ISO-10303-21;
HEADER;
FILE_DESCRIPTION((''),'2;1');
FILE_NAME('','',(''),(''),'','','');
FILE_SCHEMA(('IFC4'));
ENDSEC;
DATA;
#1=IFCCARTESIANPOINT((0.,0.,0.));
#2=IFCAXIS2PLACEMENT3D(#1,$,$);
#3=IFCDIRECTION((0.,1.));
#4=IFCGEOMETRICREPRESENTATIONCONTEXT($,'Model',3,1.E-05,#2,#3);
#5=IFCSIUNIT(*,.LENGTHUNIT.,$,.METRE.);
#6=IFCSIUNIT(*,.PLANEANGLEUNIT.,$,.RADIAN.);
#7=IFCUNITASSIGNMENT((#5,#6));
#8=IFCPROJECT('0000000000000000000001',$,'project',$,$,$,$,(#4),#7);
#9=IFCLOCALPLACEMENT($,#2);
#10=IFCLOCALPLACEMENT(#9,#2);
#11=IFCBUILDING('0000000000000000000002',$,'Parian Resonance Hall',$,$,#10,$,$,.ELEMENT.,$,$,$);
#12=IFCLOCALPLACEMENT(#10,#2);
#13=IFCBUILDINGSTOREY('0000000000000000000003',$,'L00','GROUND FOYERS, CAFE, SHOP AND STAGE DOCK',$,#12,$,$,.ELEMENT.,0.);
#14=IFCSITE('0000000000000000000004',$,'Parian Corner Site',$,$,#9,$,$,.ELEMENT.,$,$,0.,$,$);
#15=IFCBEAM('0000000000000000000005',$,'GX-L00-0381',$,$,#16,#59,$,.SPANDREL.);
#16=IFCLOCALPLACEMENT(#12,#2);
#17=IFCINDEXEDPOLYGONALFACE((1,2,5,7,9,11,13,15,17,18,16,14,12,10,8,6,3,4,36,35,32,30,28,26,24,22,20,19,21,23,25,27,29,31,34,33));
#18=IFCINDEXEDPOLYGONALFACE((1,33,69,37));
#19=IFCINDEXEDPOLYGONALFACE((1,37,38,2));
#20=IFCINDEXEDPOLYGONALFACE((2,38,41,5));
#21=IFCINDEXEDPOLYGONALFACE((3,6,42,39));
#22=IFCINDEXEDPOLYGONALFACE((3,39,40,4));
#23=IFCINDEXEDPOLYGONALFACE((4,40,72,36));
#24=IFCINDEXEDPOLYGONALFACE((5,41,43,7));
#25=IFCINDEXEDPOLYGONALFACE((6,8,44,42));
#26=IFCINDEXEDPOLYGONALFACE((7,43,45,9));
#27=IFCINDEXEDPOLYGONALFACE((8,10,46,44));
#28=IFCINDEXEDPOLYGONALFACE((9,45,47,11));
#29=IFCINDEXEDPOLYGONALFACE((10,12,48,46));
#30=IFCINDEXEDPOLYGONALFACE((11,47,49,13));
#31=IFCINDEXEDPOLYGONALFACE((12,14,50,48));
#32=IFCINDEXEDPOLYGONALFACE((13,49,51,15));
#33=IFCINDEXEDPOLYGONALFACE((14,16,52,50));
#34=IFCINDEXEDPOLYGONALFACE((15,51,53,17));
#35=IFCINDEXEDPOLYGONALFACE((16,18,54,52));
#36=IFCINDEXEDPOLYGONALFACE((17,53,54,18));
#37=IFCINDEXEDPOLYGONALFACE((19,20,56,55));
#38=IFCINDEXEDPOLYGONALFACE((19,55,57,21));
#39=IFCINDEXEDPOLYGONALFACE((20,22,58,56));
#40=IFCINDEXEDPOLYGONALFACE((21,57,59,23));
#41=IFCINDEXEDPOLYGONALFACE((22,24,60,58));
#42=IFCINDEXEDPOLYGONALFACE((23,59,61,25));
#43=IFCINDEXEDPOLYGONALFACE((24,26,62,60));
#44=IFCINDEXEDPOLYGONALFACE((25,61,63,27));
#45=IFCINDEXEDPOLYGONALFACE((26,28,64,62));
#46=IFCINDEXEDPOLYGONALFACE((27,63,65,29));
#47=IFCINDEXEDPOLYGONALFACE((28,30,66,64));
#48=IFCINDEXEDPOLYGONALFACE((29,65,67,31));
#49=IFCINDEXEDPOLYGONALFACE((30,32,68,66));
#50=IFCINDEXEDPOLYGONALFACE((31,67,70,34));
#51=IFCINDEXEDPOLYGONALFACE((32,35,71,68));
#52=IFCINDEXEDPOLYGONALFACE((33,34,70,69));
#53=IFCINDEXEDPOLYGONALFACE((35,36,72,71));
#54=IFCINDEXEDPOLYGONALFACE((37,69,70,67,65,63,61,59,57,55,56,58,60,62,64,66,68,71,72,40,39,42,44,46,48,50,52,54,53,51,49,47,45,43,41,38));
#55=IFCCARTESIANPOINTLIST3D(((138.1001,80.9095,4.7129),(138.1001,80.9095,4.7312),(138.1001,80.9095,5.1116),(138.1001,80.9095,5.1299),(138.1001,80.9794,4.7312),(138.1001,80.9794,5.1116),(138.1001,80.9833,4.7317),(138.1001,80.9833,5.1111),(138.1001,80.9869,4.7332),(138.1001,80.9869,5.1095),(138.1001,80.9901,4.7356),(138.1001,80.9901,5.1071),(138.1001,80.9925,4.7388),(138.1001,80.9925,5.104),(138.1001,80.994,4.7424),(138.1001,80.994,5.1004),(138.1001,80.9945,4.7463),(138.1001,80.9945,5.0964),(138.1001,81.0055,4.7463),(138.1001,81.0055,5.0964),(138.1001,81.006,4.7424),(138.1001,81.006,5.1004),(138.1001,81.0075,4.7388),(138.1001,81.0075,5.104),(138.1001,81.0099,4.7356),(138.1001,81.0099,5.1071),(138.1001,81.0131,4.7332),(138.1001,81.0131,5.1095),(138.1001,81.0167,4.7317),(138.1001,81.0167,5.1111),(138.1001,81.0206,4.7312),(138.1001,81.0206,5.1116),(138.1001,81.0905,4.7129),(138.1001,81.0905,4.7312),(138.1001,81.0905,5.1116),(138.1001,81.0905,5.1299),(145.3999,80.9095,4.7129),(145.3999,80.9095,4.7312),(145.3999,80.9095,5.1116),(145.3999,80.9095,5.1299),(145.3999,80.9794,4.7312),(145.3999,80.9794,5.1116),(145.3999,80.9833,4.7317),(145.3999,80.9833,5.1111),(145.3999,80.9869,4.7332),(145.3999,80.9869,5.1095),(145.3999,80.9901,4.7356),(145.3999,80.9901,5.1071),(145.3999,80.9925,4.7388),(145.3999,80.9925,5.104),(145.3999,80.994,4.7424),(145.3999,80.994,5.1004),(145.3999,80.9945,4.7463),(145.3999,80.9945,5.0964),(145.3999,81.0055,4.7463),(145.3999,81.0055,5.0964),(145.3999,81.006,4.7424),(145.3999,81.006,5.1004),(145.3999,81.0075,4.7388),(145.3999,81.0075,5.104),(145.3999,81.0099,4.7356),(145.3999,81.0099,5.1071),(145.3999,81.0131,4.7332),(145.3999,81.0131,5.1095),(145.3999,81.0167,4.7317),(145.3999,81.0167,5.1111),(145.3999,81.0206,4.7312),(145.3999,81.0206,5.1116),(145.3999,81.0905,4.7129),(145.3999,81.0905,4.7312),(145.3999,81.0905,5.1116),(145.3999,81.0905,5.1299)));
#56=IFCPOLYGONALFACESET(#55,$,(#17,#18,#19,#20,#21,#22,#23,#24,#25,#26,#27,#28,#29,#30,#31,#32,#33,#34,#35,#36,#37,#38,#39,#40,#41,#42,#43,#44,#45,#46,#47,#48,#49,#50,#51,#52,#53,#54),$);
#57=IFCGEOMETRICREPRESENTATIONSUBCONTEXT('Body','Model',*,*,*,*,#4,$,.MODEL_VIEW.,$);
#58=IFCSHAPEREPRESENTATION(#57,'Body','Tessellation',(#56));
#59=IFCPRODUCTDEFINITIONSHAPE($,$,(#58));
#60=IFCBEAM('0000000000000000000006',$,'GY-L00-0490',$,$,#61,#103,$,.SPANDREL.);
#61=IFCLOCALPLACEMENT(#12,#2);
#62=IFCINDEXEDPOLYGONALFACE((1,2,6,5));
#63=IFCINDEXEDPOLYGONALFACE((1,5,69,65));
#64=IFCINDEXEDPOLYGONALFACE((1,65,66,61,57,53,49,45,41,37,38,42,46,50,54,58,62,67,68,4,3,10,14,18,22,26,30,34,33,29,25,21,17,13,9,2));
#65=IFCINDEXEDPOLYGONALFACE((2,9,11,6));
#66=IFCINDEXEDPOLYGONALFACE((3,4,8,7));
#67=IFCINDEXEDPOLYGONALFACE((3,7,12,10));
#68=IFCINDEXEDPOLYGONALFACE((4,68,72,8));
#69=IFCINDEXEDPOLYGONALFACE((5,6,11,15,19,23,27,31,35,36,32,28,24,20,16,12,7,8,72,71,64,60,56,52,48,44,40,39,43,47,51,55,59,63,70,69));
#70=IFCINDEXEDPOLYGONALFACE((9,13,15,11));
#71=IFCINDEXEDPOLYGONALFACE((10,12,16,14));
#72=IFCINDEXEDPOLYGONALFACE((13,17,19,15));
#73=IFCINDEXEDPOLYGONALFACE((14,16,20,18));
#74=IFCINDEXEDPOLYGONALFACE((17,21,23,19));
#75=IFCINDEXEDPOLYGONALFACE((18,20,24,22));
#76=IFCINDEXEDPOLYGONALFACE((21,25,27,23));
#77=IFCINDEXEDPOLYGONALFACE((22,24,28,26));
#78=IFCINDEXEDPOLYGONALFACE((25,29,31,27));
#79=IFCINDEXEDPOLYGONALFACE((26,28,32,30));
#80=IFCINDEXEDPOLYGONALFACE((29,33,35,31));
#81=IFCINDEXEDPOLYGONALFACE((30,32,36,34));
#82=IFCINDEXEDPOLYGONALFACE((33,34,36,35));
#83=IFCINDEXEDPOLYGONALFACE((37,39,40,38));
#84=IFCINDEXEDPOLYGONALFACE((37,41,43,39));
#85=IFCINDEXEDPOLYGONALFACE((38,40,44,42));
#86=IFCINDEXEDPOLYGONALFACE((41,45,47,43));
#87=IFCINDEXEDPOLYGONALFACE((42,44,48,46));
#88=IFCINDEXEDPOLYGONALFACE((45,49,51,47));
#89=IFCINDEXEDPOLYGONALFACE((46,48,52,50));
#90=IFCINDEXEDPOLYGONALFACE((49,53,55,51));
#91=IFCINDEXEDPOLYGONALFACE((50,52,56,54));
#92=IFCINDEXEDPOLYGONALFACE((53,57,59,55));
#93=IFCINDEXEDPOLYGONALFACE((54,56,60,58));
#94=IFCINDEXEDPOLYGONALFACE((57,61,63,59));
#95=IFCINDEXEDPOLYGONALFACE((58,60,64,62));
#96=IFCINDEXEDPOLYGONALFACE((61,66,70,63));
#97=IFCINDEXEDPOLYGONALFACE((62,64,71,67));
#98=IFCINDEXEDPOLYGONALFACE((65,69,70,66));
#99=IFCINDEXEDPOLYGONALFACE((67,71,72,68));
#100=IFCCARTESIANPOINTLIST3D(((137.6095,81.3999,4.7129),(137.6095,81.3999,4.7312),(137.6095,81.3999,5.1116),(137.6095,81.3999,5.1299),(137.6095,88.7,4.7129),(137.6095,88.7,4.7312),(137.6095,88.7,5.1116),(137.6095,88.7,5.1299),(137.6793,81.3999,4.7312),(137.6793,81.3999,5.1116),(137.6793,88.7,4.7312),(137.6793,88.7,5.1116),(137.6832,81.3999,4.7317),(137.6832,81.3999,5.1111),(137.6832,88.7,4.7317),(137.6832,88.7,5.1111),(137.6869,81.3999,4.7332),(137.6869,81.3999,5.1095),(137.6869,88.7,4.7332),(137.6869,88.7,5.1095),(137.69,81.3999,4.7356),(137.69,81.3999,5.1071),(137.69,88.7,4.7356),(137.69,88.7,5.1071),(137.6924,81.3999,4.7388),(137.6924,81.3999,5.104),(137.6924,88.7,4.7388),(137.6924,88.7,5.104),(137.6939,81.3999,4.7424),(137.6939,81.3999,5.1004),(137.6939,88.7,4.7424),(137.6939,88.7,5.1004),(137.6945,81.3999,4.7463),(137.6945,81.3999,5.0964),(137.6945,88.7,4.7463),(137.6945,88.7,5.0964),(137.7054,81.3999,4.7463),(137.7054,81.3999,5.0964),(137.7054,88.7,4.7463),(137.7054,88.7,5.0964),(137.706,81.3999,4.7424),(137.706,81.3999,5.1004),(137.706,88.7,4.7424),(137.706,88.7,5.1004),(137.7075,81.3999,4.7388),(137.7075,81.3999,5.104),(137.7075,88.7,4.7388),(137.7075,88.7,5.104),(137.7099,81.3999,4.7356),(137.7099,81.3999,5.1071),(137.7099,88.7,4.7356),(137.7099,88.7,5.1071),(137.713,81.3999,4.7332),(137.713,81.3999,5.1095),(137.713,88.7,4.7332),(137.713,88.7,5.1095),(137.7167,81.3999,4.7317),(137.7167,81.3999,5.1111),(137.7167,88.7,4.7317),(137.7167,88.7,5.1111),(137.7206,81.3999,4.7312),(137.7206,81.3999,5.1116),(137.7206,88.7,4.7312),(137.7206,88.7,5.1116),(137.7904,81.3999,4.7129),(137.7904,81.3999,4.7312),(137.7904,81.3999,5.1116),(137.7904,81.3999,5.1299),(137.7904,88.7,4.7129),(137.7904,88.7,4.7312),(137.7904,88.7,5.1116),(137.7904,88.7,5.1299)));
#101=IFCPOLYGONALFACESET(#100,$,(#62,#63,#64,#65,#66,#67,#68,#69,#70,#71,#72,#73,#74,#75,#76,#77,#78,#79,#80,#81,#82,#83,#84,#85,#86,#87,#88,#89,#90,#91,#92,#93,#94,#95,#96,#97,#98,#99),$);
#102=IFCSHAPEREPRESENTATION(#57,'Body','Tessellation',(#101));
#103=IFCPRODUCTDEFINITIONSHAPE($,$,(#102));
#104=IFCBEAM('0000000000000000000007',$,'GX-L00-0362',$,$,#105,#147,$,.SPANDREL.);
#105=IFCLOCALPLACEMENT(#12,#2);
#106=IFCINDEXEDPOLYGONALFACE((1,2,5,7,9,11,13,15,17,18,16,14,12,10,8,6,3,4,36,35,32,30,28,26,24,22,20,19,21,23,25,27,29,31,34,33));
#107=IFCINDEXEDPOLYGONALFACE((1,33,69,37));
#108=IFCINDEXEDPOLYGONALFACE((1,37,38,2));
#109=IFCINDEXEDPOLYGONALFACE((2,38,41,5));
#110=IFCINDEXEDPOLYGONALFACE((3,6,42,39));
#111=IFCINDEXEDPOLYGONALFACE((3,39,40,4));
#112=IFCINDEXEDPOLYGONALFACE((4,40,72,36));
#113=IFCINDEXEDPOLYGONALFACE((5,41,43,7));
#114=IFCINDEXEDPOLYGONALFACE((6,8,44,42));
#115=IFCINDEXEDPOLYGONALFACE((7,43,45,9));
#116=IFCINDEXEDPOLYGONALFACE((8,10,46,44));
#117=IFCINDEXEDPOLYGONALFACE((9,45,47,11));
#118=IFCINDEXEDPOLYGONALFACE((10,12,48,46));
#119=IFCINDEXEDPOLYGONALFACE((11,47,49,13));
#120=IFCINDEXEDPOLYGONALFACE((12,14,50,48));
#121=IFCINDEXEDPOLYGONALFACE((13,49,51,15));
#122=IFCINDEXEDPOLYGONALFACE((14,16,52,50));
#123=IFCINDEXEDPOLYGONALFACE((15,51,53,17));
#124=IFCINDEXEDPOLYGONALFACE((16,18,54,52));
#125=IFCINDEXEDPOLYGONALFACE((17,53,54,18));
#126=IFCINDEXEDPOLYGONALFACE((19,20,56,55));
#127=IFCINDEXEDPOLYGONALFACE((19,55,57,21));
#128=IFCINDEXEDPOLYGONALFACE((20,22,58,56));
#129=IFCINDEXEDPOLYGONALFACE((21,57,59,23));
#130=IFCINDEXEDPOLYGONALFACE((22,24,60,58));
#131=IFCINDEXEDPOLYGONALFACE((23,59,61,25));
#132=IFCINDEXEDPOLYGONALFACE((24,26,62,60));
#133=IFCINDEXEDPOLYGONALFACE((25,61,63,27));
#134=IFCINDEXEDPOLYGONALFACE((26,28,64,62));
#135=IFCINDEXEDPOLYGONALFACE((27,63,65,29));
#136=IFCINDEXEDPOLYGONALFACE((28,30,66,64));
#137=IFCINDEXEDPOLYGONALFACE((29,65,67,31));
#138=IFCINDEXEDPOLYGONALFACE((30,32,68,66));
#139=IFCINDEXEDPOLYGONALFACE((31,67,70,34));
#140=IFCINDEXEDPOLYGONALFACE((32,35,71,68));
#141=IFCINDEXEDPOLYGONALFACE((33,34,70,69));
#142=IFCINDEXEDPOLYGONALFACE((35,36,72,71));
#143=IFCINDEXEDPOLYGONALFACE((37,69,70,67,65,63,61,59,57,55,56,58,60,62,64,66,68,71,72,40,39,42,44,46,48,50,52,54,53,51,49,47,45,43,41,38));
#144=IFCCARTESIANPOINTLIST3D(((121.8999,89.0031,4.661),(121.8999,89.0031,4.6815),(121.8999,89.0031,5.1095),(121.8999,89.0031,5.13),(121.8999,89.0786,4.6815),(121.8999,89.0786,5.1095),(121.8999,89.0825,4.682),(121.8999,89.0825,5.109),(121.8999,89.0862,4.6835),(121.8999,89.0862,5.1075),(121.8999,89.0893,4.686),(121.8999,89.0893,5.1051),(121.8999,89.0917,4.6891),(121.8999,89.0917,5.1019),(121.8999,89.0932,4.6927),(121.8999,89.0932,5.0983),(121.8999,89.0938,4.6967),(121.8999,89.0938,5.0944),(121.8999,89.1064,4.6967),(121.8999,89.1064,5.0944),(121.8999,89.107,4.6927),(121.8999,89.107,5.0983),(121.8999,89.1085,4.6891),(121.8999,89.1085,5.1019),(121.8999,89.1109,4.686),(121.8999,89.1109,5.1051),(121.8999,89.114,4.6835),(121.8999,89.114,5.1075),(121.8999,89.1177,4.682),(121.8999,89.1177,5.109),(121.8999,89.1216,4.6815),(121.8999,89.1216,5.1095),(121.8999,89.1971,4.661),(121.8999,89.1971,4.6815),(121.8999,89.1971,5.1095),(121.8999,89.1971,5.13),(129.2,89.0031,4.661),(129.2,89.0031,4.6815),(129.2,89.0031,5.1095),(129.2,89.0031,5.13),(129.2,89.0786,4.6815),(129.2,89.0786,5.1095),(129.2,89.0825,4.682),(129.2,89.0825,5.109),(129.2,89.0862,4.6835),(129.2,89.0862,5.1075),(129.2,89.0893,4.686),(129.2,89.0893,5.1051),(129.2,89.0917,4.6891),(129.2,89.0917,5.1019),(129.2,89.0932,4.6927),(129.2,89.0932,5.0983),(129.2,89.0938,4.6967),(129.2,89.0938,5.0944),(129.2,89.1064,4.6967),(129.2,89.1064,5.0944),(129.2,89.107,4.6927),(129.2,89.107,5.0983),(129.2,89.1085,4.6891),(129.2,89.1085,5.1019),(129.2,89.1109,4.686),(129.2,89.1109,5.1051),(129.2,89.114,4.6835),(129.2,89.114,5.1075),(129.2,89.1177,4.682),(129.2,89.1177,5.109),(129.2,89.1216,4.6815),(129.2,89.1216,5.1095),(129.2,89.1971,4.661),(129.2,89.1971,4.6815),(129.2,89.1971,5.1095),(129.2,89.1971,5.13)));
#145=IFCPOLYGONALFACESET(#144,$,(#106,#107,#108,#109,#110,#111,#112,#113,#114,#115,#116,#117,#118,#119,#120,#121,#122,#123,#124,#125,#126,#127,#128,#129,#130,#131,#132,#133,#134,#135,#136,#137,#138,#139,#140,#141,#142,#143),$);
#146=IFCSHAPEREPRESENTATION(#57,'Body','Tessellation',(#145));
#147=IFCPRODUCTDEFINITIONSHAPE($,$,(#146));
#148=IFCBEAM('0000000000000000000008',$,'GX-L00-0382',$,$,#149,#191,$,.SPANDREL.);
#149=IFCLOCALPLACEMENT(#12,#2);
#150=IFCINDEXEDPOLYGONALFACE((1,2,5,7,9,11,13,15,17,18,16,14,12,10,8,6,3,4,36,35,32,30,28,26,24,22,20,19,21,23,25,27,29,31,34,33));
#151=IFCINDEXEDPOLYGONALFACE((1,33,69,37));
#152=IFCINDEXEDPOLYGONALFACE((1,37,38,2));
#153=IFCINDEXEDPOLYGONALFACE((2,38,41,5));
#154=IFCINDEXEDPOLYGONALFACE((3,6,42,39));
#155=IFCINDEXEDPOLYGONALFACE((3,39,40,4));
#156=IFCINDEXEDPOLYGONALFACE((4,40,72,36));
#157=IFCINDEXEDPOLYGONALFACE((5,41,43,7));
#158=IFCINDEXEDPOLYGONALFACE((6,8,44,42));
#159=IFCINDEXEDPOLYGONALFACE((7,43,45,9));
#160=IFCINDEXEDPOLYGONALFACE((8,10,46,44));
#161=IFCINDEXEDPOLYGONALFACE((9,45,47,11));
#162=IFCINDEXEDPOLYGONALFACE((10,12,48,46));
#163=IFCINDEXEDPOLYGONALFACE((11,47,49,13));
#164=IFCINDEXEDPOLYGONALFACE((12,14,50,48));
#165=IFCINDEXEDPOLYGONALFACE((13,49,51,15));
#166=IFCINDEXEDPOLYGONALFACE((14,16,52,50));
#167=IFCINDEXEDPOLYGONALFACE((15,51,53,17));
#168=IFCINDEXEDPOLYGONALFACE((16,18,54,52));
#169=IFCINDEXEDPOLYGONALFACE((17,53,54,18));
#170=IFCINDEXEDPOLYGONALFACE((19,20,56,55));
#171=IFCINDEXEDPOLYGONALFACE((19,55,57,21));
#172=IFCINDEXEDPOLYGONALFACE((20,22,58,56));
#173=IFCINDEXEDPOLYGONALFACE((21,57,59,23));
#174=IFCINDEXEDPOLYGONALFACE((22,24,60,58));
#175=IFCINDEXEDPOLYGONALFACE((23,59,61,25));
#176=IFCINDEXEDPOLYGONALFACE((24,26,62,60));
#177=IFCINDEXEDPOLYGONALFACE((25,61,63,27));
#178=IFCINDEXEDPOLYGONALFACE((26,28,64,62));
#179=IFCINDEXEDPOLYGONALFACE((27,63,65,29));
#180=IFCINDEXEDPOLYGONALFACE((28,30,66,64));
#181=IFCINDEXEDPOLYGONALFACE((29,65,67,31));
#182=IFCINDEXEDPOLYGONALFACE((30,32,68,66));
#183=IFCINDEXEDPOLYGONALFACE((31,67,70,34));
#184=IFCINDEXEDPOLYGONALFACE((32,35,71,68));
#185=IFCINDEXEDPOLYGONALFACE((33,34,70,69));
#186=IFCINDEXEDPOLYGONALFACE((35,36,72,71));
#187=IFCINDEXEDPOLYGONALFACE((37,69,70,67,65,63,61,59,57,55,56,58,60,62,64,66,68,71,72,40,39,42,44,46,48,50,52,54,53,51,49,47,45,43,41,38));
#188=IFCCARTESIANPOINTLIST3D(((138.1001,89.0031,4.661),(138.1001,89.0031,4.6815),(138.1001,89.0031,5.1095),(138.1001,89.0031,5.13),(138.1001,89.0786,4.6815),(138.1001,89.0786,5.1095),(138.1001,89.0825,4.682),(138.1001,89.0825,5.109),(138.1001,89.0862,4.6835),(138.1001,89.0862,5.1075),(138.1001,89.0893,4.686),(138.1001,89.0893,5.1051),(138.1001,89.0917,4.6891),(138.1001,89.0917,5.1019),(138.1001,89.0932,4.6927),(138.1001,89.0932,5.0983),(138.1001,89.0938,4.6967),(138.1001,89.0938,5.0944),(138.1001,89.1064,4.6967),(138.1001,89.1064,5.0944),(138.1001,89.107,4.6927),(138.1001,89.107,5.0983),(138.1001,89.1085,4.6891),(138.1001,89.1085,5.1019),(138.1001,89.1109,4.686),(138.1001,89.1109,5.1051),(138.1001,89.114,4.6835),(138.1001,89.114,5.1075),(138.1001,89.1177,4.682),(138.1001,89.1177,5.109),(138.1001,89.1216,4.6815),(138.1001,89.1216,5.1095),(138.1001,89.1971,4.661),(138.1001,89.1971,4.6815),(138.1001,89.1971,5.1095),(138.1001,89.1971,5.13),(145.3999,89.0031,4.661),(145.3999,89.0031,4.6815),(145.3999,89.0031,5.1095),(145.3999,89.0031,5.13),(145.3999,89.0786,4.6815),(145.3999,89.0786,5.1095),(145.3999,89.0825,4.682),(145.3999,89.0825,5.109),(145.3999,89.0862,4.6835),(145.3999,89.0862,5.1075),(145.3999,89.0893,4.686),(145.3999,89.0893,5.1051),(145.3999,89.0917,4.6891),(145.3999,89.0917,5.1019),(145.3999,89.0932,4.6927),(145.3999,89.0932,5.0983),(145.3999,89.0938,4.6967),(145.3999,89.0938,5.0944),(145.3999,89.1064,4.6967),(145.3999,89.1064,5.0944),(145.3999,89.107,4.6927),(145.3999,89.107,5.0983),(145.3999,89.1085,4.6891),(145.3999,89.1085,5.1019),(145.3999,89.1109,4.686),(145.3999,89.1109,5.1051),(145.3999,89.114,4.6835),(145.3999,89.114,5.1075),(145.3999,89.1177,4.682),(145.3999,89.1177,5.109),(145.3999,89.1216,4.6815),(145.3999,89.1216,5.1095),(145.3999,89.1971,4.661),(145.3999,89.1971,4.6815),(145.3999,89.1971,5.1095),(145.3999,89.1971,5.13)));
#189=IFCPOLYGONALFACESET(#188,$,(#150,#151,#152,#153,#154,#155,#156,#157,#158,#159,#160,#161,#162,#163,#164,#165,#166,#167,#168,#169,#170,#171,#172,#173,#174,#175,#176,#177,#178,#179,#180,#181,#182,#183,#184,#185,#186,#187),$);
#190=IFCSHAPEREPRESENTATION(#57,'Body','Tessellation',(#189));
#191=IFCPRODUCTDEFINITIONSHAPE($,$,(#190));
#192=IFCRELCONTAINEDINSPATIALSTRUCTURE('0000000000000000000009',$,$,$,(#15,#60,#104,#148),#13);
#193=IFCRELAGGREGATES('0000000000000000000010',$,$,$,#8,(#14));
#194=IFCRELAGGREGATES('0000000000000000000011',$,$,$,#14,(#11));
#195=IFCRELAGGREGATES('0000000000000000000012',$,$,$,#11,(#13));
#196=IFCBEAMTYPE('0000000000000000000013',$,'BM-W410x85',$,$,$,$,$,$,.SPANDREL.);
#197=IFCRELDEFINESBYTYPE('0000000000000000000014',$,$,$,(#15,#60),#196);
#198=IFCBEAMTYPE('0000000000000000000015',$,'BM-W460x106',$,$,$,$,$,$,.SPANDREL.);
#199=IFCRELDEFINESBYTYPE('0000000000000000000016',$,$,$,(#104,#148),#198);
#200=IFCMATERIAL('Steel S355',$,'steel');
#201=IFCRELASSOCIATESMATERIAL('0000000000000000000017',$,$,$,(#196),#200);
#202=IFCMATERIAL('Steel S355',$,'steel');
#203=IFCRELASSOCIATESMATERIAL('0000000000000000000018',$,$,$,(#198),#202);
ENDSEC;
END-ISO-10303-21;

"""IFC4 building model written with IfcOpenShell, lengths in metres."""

from ifc_helpers import new_model, si_unit, direction, frame, origin, origin_2d, place, context, subcontext, project, spatial, i_section, extrude, material, material_profile, profile_set, type_object, element, save


model = new_model("IFC4")

# Units and contexts
model_context = context("Model", 3, precision=1e-05, world=origin(), true_north=direction((0.0, 1.0)))
body_context = subcontext(model_context, "Body", "Model", "MODEL_VIEW")
ifc_project = project(units=[si_unit("LENGTHUNIT", "METRE"), si_unit("PLANEANGLEUNIT", "RADIAN")], contexts=[model_context])

# Site, building, storey
site_placement = place(None, origin())
site = spatial("IfcSite", under=ifc_project, at=site_placement, Name="Parian Corner Site", CompositionType="ELEMENT", RefElevation=0.0)
building_placement = place(site_placement, origin())
building = spatial("IfcBuilding", under=site, at=building_placement, Name="Parian Resonance Hall", CompositionType="ELEMENT")
storey_placement = place(building_placement, origin())
storey = spatial("IfcBuildingStorey", under=building, at=storey_placement, Name="L00", Description="GROUND FOYERS, CAFE, SHOP AND STAGE DOCK", CompositionType="ELEMENT", Elevation=0.0)

# Beams
ifc_material_1 = material(Name="Steel S355", Category="steel")
ifc_material_profile_1 = material_profile(ifc_material_1, i_section(OverallWidth=0.1809, OverallDepth=0.417, WebThickness=0.011, FlangeThickness=0.0183, FilletRadius=0.0151, at=origin_2d()), Name="W410x85")
ifc_profile_set_1 = profile_set([ifc_material_profile_1], Name="Steel S355")
beam_type_1 = type_object("IfcBeamType", Name="BM-W410x85", PredefinedType="SPANDREL", material=ifc_profile_set_1)
beam_1_placement = place(storey_placement, frame((138.1001, 81.0, 4.9214), z_axis=(1.0, 0.0, 0.0), x_axis=(0.0, 1.0, 0.0)))
element("IfcBeam", 1, at=beam_1_placement, inside=storey, type_object=beam_type_1, Name="GX-L00-0381", PredefinedType="SPANDREL", context=body_context, shape_type="SweptSolid", body=[
    extrude(i_section(OverallWidth=0.1809, OverallDepth=0.417, WebThickness=0.011, FlangeThickness=0.0183, FilletRadius=0.0151, at=origin_2d()), origin(), (0.0, 0.0, 1.0), 7.2998),
])
beam_2_placement = place(storey_placement, frame((137.7, 81.3999, 4.9214), z_axis=(0.0, 1.0, 0.0), x_axis=(-1.0, 0.0, 0.0)))
element("IfcBeam", 2, at=beam_2_placement, inside=storey, type_object=beam_type_1, Name="GY-L00-0490", PredefinedType="SPANDREL", context=body_context, shape_type="SweptSolid", body=[
    extrude(i_section(OverallWidth=0.1809, OverallDepth=0.417, WebThickness=0.011, FlangeThickness=0.0183, FilletRadius=0.0151, at=origin_2d()), origin(), (0.0, 0.0, 1.0), 7.3),
])
ifc_material_2 = material(Name="Steel S355", Category="steel")
ifc_material_profile_2 = material_profile(ifc_material_2, i_section(OverallWidth=0.1941, OverallDepth=0.469, WebThickness=0.0127, FlangeThickness=0.0205, FilletRadius=0.0151, at=origin_2d()), Name="W460x106")
ifc_profile_set_2 = profile_set([ifc_material_profile_2], Name="Steel S355")
beam_type_2 = type_object("IfcBeamType", Name="BM-W460x106", PredefinedType="SPANDREL", material=ifc_profile_set_2)
beam_3_placement = place(storey_placement, frame((121.8999, 89.1001, 4.8955), z_axis=(1.0, 0.0, 0.0), x_axis=(0.0, 1.0, 0.0)))
element("IfcBeam", 3, at=beam_3_placement, inside=storey, type_object=beam_type_2, Name="GX-L00-0362", PredefinedType="SPANDREL", context=body_context, shape_type="SweptSolid", body=[
    extrude(i_section(OverallWidth=0.1941, OverallDepth=0.469, WebThickness=0.0127, FlangeThickness=0.0205, FilletRadius=0.0151, at=origin_2d()), origin(), (0.0, 0.0, 1.0), 7.3),
])
beam_4_placement = place(storey_placement, frame((138.1001, 89.1001, 4.8955), z_axis=(1.0, 0.0, 0.0), x_axis=(0.0, 1.0, 0.0)))
element("IfcBeam", 4, at=beam_4_placement, inside=storey, type_object=beam_type_2, Name="GX-L00-0382", PredefinedType="SPANDREL", context=body_context, shape_type="SweptSolid", body=[
    extrude(i_section(OverallWidth=0.1941, OverallDepth=0.469, WebThickness=0.0127, FlangeThickness=0.0205, FilletRadius=0.0151, at=origin_2d()), origin(), (0.0, 0.0, 1.0), 7.2998),
])

save(model, "model.ifc")
